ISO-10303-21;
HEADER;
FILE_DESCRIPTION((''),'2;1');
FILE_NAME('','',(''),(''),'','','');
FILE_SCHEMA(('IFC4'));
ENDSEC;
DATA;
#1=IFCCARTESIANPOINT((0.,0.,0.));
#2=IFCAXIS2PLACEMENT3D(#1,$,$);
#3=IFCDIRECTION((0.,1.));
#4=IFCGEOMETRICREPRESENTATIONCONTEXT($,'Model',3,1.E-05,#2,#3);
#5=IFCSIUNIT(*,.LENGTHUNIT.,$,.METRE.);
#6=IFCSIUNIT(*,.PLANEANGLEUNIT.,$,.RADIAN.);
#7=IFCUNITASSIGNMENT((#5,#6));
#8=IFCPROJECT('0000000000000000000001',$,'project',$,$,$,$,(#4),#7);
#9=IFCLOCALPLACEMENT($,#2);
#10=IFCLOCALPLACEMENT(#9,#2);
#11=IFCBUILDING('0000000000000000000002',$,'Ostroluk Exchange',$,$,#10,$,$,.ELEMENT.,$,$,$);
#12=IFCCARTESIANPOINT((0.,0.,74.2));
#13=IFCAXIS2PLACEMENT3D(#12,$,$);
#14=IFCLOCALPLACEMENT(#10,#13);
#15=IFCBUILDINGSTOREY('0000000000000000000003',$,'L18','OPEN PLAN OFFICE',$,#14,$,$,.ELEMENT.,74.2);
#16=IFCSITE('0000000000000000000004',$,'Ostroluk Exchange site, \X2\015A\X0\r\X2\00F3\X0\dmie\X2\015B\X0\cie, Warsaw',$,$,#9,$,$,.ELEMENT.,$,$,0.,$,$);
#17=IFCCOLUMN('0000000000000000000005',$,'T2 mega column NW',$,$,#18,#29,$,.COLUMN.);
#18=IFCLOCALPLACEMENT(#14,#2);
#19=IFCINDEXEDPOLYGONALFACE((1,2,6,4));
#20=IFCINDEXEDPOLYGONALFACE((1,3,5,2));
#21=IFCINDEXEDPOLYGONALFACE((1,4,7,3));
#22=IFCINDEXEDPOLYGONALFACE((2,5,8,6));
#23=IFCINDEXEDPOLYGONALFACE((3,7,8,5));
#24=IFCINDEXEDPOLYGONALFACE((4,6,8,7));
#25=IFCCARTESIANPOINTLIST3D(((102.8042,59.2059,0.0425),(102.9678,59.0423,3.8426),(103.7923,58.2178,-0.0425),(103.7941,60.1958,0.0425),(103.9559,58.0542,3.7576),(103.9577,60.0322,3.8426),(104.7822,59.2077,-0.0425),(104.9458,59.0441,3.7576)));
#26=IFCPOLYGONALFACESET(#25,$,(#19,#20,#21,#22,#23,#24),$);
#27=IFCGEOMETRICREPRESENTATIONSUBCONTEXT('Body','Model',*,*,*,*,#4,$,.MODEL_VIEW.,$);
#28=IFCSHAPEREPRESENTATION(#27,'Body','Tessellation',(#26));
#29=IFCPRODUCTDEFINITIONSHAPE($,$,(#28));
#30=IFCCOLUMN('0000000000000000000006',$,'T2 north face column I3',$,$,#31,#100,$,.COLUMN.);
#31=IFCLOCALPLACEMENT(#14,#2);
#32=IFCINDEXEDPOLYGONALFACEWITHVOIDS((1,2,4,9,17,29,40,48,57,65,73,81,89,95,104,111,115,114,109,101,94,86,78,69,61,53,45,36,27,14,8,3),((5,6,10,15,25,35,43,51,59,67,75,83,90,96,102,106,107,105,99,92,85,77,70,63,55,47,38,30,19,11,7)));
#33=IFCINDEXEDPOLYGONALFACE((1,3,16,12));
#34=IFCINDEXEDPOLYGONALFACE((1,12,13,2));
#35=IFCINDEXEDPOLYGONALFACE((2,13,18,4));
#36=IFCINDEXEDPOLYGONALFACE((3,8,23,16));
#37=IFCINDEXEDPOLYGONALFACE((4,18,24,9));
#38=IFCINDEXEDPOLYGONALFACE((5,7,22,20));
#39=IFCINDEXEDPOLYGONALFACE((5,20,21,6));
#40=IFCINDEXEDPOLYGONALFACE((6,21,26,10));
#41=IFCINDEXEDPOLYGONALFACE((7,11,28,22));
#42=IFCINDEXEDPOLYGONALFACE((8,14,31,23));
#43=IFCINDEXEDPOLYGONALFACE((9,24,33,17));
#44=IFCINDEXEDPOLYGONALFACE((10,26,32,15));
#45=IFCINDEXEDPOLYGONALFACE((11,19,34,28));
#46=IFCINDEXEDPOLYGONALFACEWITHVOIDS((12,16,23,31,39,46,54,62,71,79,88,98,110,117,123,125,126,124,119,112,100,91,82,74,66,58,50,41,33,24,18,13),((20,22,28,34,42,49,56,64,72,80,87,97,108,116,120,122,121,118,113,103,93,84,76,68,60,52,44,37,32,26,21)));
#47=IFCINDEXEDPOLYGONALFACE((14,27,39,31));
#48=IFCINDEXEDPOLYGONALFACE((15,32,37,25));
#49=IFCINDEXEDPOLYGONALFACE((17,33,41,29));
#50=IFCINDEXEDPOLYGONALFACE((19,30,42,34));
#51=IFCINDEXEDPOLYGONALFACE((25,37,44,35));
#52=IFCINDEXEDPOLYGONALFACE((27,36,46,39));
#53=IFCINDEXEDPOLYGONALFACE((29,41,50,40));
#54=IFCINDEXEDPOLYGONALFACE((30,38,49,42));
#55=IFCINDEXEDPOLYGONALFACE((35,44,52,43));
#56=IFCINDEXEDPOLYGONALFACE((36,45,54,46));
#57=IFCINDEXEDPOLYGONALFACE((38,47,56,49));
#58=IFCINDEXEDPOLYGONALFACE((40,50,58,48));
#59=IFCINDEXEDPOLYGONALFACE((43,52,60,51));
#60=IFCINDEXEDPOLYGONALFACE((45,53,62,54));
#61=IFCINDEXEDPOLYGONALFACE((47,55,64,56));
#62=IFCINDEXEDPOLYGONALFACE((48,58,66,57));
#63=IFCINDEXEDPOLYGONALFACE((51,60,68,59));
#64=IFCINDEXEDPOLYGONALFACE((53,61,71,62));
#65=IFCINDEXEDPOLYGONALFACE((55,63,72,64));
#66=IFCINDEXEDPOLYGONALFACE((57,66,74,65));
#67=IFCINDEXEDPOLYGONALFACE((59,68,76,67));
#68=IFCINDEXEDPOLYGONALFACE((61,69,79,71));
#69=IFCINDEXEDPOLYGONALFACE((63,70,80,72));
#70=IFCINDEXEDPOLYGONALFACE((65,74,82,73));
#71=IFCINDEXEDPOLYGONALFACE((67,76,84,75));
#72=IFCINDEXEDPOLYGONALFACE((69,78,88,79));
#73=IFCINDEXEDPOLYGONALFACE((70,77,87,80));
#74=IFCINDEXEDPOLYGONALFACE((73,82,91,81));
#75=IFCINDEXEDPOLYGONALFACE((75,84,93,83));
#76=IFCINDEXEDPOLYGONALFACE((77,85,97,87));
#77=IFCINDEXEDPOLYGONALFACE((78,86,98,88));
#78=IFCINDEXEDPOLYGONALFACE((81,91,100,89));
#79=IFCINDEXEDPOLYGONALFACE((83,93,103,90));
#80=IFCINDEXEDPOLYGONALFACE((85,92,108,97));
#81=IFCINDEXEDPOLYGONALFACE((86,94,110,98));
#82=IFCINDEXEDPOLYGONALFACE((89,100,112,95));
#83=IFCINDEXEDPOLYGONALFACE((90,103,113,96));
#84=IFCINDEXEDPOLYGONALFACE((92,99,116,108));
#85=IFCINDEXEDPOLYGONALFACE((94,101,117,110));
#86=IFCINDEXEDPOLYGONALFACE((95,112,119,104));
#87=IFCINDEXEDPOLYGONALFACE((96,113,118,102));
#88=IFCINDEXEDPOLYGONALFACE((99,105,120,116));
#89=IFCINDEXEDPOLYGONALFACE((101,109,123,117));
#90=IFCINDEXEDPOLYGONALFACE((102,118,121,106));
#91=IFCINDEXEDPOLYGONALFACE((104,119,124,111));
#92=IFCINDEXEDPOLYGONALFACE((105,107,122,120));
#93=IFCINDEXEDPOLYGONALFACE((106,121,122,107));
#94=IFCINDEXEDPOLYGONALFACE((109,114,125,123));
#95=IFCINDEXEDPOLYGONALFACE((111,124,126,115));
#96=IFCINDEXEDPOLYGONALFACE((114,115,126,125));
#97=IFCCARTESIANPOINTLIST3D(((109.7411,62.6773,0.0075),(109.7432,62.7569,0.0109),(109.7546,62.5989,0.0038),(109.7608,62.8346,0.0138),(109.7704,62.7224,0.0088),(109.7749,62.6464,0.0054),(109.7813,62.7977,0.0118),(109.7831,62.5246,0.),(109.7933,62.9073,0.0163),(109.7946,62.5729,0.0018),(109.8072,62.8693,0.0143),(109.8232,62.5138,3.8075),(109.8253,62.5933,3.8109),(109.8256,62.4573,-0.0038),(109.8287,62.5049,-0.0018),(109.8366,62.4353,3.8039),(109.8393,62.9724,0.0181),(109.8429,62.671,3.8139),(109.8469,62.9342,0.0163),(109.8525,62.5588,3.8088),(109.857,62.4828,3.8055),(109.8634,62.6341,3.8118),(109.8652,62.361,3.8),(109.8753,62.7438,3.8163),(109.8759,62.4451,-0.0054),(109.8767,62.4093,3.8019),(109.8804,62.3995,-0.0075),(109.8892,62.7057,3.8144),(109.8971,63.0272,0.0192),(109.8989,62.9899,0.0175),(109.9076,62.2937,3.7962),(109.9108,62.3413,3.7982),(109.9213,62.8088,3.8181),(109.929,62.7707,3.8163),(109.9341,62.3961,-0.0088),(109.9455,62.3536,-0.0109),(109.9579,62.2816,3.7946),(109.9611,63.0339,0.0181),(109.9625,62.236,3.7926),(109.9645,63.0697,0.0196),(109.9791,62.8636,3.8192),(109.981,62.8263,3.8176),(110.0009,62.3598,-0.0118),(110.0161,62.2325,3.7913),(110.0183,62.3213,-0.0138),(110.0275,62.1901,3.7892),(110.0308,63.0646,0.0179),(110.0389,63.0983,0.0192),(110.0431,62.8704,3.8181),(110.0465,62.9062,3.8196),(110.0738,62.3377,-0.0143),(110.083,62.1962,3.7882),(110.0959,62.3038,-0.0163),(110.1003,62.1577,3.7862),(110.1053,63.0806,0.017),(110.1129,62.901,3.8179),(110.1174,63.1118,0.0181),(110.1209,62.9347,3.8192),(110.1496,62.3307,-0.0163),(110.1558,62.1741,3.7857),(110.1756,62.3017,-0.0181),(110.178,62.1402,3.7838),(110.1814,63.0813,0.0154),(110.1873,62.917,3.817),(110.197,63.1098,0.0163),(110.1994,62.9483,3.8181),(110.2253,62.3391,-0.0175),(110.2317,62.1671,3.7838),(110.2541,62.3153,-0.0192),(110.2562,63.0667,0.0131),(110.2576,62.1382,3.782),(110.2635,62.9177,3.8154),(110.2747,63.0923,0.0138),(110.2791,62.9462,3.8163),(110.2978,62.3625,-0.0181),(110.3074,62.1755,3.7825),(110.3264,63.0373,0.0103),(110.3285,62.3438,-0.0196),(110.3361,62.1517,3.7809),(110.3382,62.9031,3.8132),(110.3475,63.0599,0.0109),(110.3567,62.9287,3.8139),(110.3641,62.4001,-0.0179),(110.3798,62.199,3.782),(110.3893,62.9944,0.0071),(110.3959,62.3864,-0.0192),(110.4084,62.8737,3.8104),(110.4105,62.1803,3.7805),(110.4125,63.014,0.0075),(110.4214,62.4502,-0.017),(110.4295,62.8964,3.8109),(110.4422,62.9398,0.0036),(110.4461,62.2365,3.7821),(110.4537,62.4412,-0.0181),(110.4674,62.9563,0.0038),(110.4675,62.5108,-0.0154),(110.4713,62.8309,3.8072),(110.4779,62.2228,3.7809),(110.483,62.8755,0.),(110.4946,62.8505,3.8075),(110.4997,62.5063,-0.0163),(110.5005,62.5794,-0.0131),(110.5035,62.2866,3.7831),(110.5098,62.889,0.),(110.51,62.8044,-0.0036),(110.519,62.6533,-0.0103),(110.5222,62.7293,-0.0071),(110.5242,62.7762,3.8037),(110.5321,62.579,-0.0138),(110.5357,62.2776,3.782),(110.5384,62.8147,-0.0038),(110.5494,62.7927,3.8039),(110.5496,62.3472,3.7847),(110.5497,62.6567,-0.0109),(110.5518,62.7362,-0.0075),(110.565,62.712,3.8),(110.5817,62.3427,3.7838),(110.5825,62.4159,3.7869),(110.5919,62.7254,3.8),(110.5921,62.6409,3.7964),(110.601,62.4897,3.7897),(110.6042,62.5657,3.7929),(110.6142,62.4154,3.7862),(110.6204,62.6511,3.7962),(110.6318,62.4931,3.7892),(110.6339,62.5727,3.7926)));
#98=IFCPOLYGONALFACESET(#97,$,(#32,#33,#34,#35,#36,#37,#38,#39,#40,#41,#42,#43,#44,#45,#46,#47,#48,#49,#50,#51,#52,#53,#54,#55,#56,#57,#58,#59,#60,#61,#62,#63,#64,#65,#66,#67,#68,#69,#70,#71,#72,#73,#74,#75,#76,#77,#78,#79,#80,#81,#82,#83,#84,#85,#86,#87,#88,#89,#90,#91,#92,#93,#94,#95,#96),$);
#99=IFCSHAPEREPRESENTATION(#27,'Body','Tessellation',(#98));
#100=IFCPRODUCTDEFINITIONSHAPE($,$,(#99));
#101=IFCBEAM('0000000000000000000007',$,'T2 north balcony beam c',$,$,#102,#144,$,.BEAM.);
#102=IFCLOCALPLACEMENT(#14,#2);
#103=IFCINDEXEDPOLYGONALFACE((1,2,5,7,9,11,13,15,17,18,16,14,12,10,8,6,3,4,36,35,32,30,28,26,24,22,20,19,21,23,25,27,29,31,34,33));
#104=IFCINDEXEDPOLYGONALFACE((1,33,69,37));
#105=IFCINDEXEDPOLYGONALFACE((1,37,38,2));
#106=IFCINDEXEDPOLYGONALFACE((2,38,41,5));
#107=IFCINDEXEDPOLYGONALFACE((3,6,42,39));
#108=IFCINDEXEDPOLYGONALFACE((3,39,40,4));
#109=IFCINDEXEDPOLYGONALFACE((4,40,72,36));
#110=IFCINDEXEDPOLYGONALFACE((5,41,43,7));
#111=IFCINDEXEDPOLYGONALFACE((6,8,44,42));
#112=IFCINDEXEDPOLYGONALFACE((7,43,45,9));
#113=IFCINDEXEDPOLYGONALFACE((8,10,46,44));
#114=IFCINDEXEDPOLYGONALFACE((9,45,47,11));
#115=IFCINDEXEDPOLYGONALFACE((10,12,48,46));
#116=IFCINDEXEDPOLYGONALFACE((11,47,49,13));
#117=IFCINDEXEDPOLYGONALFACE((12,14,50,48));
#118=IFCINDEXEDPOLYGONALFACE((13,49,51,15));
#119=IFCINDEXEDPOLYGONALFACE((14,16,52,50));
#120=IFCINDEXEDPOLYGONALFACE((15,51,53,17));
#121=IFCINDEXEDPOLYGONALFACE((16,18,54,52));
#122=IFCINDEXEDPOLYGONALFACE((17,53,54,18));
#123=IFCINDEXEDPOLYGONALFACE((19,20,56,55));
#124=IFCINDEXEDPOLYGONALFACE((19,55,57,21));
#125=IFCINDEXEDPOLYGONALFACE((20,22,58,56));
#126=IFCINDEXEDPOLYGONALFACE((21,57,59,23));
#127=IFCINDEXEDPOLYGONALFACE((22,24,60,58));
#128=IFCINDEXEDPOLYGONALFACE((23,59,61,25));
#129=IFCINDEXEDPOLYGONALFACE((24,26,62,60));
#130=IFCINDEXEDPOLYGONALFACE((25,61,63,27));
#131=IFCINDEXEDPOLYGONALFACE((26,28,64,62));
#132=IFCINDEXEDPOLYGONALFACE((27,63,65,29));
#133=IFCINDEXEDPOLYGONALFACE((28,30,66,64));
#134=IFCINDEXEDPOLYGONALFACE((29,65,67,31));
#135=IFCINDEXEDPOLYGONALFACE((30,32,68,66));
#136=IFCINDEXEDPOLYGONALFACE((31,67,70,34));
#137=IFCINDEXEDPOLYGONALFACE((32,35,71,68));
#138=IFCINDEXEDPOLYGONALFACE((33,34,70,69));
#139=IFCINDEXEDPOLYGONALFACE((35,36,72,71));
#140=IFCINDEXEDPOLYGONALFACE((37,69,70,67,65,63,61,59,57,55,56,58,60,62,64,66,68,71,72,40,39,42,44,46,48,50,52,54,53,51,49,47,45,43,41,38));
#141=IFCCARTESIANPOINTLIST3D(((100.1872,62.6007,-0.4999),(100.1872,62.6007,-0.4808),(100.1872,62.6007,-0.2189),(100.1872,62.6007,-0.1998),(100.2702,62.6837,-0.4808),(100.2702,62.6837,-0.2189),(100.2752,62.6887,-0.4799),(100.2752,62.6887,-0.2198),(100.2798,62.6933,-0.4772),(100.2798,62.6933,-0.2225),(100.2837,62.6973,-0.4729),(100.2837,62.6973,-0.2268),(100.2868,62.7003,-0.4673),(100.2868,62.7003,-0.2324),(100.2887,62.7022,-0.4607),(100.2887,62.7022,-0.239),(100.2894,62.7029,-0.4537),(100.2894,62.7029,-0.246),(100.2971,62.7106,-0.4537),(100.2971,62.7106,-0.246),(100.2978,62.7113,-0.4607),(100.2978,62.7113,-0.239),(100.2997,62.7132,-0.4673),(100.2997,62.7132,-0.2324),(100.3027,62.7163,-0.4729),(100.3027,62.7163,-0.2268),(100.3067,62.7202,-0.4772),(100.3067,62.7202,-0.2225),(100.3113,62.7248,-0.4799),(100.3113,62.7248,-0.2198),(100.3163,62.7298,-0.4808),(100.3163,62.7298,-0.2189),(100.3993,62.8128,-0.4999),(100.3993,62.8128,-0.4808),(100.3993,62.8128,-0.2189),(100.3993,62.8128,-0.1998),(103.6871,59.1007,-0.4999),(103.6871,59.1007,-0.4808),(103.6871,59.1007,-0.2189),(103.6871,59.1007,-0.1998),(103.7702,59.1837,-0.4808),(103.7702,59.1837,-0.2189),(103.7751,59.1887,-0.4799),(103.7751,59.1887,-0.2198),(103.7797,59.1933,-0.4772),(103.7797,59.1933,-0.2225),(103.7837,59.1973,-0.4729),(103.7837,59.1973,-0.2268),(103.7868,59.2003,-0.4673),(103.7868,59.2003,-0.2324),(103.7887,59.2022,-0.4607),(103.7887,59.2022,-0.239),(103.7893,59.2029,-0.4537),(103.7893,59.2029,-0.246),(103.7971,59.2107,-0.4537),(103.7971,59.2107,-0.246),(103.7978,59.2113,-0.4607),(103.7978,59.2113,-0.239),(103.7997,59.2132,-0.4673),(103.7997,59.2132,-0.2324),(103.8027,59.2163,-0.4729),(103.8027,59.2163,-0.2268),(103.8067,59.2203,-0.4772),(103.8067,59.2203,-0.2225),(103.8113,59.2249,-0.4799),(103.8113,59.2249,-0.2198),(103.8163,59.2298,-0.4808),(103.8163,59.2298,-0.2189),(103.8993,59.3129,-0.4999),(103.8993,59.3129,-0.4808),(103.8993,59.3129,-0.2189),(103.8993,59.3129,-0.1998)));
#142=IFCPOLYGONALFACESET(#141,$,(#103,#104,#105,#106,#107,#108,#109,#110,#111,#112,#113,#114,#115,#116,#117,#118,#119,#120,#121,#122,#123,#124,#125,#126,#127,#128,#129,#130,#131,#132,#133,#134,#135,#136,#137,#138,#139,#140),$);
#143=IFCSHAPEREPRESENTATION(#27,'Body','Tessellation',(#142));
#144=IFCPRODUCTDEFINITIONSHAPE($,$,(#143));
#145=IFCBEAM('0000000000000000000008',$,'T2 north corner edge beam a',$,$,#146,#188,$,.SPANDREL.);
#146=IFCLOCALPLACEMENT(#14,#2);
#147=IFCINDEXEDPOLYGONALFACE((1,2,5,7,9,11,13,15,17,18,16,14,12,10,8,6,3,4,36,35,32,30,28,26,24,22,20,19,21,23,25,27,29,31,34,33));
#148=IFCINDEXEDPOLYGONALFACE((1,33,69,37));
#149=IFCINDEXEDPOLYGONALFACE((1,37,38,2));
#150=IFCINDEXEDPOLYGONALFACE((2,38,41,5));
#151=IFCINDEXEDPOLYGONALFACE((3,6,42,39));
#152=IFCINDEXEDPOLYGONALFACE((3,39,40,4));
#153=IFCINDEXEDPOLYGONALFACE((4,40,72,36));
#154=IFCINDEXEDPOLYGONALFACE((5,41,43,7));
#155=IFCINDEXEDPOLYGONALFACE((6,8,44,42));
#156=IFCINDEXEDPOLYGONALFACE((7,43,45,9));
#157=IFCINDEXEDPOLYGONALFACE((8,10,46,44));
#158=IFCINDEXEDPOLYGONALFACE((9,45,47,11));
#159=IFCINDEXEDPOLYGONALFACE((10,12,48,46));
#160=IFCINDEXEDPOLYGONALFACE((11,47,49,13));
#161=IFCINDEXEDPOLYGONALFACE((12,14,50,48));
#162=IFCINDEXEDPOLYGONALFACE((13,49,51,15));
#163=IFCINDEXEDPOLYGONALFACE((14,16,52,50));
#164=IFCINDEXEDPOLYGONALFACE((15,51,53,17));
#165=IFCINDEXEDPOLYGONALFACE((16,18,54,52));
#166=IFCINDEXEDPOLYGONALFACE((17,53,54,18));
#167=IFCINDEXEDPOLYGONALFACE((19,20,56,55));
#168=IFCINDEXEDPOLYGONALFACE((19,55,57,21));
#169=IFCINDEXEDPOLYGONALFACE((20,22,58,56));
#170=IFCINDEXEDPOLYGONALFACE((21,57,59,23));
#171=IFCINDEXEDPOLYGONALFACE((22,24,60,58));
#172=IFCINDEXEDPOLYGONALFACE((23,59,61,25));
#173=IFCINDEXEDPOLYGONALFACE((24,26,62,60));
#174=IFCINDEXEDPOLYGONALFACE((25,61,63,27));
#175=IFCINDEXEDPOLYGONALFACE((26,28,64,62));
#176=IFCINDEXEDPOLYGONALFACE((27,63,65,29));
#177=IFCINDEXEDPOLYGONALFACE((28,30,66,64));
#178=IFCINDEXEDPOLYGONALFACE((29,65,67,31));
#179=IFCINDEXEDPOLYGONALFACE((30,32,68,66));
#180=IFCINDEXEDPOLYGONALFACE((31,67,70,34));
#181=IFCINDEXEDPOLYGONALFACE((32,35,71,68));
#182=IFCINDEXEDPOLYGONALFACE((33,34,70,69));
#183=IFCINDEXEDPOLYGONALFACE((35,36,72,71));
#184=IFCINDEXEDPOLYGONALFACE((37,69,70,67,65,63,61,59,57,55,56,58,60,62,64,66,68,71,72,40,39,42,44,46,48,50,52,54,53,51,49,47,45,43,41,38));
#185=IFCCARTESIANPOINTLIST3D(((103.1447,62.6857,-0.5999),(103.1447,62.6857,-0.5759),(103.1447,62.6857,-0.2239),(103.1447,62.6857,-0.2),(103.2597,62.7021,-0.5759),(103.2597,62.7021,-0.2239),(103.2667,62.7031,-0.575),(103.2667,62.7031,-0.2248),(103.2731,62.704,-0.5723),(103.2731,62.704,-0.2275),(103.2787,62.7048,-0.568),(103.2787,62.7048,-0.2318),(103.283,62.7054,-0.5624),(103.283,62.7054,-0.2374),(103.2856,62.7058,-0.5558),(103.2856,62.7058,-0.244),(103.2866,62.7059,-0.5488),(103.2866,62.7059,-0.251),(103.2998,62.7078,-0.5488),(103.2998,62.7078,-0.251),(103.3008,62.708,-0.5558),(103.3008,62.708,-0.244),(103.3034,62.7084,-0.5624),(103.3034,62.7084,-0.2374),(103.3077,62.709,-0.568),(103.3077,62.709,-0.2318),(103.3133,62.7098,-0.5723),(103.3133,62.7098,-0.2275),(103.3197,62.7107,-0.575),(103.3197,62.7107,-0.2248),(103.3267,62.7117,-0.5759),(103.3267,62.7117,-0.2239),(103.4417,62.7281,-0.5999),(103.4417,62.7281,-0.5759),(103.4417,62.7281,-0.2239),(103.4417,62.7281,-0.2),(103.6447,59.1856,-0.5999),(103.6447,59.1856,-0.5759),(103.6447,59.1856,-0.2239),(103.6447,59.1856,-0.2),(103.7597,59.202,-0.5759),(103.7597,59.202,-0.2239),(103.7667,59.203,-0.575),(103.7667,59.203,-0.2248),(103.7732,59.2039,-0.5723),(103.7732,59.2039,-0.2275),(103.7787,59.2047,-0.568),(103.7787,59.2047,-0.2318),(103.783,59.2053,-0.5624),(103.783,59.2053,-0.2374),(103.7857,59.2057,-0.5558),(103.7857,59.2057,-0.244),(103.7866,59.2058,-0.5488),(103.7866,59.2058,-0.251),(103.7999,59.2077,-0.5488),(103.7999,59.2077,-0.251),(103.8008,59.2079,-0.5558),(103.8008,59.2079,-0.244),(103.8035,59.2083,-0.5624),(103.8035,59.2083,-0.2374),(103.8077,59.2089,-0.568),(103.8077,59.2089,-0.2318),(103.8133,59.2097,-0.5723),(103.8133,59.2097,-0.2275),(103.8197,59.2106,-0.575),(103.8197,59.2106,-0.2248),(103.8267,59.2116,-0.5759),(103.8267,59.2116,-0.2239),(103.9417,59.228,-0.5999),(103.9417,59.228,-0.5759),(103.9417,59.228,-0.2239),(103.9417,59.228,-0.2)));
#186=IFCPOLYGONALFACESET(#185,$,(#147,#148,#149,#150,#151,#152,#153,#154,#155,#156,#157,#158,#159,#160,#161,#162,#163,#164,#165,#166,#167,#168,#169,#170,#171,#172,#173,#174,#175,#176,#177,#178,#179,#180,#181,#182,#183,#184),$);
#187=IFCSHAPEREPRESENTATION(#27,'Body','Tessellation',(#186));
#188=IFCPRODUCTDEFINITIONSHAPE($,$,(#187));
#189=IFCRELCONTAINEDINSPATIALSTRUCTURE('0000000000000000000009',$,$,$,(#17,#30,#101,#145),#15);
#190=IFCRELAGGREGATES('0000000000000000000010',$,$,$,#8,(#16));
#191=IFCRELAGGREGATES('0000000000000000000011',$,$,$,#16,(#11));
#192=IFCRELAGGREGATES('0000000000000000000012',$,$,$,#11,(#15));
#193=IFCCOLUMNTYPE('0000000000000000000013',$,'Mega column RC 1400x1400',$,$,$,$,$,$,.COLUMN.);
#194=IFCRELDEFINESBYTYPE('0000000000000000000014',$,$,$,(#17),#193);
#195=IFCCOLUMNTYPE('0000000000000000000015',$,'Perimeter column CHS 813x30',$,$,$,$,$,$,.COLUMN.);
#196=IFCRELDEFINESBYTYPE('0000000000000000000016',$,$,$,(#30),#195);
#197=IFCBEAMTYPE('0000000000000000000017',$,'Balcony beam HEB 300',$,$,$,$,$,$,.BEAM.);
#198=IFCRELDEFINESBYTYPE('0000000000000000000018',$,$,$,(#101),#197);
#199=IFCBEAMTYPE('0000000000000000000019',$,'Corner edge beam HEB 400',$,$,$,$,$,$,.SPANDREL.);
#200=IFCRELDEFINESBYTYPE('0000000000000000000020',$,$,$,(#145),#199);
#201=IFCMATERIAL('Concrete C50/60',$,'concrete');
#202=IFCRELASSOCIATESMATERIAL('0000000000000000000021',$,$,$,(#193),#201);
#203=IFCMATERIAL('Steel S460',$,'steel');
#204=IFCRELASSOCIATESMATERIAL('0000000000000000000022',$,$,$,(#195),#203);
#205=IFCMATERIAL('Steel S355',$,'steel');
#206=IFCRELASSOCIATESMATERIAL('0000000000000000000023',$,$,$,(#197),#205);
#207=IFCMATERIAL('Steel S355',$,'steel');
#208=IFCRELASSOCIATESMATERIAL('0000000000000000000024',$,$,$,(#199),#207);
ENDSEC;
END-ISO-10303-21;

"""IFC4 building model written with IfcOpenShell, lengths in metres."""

from ifc_helpers import new_model, si_unit, direction, frame, origin, origin_2d, place, context, subcontext, project, spatial, rectangle, hollow_circle, i_section, extrude, material, material_profile, profile_set, type_object, element, save


model = new_model("IFC4")

# Units and contexts
model_context = context("Model", 3, precision=1e-05, world=origin(), true_north=direction((0.0, 1.0)))
body_context = subcontext(model_context, "Body", "Model", "MODEL_VIEW")
ifc_project = project(units=[si_unit("LENGTHUNIT", "METRE"), si_unit("PLANEANGLEUNIT", "RADIAN")], contexts=[model_context])

# Site, building, storey
site_placement = place(None, origin())
site = spatial("IfcSite", under=ifc_project, at=site_placement, Name="Ostroluk Exchange site, Śródmieście, Warsaw", CompositionType="ELEMENT", RefElevation=0.0)
building_placement = place(site_placement, origin())
building = spatial("IfcBuilding", under=site, at=building_placement, Name="Ostroluk Exchange", CompositionType="ELEMENT")
storey_placement = place(building_placement, frame((0.0, 0.0, 74.2)))
storey = spatial("IfcBuildingStorey", under=building, at=storey_placement, Name="L18", Description="OPEN PLAN OFFICE", CompositionType="ELEMENT", Elevation=74.2)

# Columns
ifc_material_1 = material(Name="Concrete C50/60", Category="concrete")
ifc_material_profile_1 = material_profile(ifc_material_1, rectangle(XDim=1.3999, YDim=1.3999, at=origin_2d()), Name="RC 1400x1400")
ifc_profile_set_1 = profile_set([ifc_material_profile_1], Name="Concrete C50/60")
column_type_1 = type_object("IfcColumnType", Name="Mega column RC 1400x1400", PredefinedType="COLUMN", material=ifc_profile_set_1)
column_1_placement = place(storey_placement, frame((103.7932, 59.2068, 0.0), z_axis=(0.042966, -0.042966, 0.998152), x_axis=(0.707107, 0.707107, 0.0)))
element("IfcColumn", 1, at=column_1_placement, inside=storey, type_object=column_type_1, Name="T2 mega column NW", PredefinedType="COLUMN", context=body_context, shape_type="SweptSolid", body=[
    extrude(rectangle(XDim=1.3999, YDim=1.3999, at=origin_2d()), origin(), (0.0, 0.0, 1.0), 3.8071),
])
ifc_material_2 = material(Name="Steel S460", Category="steel")
ifc_material_profile_2 = material_profile(ifc_material_2, hollow_circle(Radius=0.4065, WallThickness=0.03, at=origin_2d()), Name="CHS 813x30")
ifc_profile_set_2 = profile_set([ifc_material_profile_2], Name="Steel S460")
column_type_2 = type_object("IfcColumnType", Name="Perimeter column CHS 813x30", PredefinedType="COLUMN", material=ifc_profile_set_2)
column_2_placement = place(storey_placement, frame((110.1465, 62.7068, 0.0), z_axis=(0.021562, -0.042995, 0.998843), x_axis=(0.893893, 0.448281, 0.0)))
element("IfcColumn", 2, at=column_2_placement, inside=storey, type_object=column_type_2, Name="T2 north face column I3", PredefinedType="COLUMN", context=body_context, shape_type="SweptSolid", body=[
    extrude(hollow_circle(Radius=0.4065, WallThickness=0.03, at=origin_2d()), origin(), (0.0, 0.0, 1.0), 3.8044),
])

# Beams
ifc_material_3 = material(Name="Steel S355", Category="steel")
ifc_material_profile_3 = material_profile(ifc_material_3, i_section(OverallWidth=0.3, OverallDepth=0.3, WebThickness=0.011, FlangeThickness=0.019, FilletRadius=0.0271, at=origin_2d()), Name="HEB 300")
ifc_profile_set_3 = profile_set([ifc_material_profile_3], Name="Steel S355")
beam_type_1 = type_object("IfcBeamType", Name="Balcony beam HEB 300", PredefinedType="BEAM", material=ifc_profile_set_3)
beam_1_placement = place(storey_placement, frame((103.7932, 59.2068, -0.3499), z_axis=(-0.707107, 0.707107, 0.0), x_axis=(-0.707107, -0.707107, 0.0)))
element("IfcBeam", 3, at=beam_1_placement, inside=storey, type_object=beam_type_1, Name="T2 north balcony beam c", PredefinedType="BEAM", context=body_context, shape_type="SweptSolid", body=[
    extrude(i_section(OverallWidth=0.3, OverallDepth=0.3, WebThickness=0.011, FlangeThickness=0.019, FilletRadius=0.0271, at=origin_2d()), origin(), (0.0, 0.0, 1.0), 4.9497),
])
ifc_material_4 = material(Name="Steel S355", Category="steel")
ifc_material_profile_4 = material_profile(ifc_material_4, i_section(OverallWidth=0.3, OverallDepth=0.3999, WebThickness=0.0134, FlangeThickness=0.0239, FilletRadius=0.0271, at=origin_2d()), Name="HEB 400")
ifc_profile_set_4 = profile_set([ifc_material_profile_4], Name="Steel S355")
beam_type_2 = type_object("IfcBeamType", Name="Corner edge beam HEB 400", PredefinedType="SPANDREL", material=ifc_profile_set_4)
for number, where, z_axis, x_axis, name in (
    (4, (103.7932, 59.2068, -0.3999), (-0.141421, 0.989949, 0.0), (-0.989949, -0.141421, 0.0), "T2 north corner edge beam a"),
):
    element("IfcBeam", number, at=place(storey_placement, frame(where, z_axis=z_axis, x_axis=x_axis)), inside=storey, type_object=beam_type_2, Name=name, PredefinedType="SPANDREL", context=body_context, shape_type="SweptSolid", body=[
        extrude(i_section(OverallWidth=0.3, OverallDepth=0.3999, WebThickness=0.0134, FlangeThickness=0.0239, FilletRadius=0.0271, at=origin_2d()), origin(), (0.0, 0.0, 1.0), 3.5356),
    ])

save(model, "model.ifc")
